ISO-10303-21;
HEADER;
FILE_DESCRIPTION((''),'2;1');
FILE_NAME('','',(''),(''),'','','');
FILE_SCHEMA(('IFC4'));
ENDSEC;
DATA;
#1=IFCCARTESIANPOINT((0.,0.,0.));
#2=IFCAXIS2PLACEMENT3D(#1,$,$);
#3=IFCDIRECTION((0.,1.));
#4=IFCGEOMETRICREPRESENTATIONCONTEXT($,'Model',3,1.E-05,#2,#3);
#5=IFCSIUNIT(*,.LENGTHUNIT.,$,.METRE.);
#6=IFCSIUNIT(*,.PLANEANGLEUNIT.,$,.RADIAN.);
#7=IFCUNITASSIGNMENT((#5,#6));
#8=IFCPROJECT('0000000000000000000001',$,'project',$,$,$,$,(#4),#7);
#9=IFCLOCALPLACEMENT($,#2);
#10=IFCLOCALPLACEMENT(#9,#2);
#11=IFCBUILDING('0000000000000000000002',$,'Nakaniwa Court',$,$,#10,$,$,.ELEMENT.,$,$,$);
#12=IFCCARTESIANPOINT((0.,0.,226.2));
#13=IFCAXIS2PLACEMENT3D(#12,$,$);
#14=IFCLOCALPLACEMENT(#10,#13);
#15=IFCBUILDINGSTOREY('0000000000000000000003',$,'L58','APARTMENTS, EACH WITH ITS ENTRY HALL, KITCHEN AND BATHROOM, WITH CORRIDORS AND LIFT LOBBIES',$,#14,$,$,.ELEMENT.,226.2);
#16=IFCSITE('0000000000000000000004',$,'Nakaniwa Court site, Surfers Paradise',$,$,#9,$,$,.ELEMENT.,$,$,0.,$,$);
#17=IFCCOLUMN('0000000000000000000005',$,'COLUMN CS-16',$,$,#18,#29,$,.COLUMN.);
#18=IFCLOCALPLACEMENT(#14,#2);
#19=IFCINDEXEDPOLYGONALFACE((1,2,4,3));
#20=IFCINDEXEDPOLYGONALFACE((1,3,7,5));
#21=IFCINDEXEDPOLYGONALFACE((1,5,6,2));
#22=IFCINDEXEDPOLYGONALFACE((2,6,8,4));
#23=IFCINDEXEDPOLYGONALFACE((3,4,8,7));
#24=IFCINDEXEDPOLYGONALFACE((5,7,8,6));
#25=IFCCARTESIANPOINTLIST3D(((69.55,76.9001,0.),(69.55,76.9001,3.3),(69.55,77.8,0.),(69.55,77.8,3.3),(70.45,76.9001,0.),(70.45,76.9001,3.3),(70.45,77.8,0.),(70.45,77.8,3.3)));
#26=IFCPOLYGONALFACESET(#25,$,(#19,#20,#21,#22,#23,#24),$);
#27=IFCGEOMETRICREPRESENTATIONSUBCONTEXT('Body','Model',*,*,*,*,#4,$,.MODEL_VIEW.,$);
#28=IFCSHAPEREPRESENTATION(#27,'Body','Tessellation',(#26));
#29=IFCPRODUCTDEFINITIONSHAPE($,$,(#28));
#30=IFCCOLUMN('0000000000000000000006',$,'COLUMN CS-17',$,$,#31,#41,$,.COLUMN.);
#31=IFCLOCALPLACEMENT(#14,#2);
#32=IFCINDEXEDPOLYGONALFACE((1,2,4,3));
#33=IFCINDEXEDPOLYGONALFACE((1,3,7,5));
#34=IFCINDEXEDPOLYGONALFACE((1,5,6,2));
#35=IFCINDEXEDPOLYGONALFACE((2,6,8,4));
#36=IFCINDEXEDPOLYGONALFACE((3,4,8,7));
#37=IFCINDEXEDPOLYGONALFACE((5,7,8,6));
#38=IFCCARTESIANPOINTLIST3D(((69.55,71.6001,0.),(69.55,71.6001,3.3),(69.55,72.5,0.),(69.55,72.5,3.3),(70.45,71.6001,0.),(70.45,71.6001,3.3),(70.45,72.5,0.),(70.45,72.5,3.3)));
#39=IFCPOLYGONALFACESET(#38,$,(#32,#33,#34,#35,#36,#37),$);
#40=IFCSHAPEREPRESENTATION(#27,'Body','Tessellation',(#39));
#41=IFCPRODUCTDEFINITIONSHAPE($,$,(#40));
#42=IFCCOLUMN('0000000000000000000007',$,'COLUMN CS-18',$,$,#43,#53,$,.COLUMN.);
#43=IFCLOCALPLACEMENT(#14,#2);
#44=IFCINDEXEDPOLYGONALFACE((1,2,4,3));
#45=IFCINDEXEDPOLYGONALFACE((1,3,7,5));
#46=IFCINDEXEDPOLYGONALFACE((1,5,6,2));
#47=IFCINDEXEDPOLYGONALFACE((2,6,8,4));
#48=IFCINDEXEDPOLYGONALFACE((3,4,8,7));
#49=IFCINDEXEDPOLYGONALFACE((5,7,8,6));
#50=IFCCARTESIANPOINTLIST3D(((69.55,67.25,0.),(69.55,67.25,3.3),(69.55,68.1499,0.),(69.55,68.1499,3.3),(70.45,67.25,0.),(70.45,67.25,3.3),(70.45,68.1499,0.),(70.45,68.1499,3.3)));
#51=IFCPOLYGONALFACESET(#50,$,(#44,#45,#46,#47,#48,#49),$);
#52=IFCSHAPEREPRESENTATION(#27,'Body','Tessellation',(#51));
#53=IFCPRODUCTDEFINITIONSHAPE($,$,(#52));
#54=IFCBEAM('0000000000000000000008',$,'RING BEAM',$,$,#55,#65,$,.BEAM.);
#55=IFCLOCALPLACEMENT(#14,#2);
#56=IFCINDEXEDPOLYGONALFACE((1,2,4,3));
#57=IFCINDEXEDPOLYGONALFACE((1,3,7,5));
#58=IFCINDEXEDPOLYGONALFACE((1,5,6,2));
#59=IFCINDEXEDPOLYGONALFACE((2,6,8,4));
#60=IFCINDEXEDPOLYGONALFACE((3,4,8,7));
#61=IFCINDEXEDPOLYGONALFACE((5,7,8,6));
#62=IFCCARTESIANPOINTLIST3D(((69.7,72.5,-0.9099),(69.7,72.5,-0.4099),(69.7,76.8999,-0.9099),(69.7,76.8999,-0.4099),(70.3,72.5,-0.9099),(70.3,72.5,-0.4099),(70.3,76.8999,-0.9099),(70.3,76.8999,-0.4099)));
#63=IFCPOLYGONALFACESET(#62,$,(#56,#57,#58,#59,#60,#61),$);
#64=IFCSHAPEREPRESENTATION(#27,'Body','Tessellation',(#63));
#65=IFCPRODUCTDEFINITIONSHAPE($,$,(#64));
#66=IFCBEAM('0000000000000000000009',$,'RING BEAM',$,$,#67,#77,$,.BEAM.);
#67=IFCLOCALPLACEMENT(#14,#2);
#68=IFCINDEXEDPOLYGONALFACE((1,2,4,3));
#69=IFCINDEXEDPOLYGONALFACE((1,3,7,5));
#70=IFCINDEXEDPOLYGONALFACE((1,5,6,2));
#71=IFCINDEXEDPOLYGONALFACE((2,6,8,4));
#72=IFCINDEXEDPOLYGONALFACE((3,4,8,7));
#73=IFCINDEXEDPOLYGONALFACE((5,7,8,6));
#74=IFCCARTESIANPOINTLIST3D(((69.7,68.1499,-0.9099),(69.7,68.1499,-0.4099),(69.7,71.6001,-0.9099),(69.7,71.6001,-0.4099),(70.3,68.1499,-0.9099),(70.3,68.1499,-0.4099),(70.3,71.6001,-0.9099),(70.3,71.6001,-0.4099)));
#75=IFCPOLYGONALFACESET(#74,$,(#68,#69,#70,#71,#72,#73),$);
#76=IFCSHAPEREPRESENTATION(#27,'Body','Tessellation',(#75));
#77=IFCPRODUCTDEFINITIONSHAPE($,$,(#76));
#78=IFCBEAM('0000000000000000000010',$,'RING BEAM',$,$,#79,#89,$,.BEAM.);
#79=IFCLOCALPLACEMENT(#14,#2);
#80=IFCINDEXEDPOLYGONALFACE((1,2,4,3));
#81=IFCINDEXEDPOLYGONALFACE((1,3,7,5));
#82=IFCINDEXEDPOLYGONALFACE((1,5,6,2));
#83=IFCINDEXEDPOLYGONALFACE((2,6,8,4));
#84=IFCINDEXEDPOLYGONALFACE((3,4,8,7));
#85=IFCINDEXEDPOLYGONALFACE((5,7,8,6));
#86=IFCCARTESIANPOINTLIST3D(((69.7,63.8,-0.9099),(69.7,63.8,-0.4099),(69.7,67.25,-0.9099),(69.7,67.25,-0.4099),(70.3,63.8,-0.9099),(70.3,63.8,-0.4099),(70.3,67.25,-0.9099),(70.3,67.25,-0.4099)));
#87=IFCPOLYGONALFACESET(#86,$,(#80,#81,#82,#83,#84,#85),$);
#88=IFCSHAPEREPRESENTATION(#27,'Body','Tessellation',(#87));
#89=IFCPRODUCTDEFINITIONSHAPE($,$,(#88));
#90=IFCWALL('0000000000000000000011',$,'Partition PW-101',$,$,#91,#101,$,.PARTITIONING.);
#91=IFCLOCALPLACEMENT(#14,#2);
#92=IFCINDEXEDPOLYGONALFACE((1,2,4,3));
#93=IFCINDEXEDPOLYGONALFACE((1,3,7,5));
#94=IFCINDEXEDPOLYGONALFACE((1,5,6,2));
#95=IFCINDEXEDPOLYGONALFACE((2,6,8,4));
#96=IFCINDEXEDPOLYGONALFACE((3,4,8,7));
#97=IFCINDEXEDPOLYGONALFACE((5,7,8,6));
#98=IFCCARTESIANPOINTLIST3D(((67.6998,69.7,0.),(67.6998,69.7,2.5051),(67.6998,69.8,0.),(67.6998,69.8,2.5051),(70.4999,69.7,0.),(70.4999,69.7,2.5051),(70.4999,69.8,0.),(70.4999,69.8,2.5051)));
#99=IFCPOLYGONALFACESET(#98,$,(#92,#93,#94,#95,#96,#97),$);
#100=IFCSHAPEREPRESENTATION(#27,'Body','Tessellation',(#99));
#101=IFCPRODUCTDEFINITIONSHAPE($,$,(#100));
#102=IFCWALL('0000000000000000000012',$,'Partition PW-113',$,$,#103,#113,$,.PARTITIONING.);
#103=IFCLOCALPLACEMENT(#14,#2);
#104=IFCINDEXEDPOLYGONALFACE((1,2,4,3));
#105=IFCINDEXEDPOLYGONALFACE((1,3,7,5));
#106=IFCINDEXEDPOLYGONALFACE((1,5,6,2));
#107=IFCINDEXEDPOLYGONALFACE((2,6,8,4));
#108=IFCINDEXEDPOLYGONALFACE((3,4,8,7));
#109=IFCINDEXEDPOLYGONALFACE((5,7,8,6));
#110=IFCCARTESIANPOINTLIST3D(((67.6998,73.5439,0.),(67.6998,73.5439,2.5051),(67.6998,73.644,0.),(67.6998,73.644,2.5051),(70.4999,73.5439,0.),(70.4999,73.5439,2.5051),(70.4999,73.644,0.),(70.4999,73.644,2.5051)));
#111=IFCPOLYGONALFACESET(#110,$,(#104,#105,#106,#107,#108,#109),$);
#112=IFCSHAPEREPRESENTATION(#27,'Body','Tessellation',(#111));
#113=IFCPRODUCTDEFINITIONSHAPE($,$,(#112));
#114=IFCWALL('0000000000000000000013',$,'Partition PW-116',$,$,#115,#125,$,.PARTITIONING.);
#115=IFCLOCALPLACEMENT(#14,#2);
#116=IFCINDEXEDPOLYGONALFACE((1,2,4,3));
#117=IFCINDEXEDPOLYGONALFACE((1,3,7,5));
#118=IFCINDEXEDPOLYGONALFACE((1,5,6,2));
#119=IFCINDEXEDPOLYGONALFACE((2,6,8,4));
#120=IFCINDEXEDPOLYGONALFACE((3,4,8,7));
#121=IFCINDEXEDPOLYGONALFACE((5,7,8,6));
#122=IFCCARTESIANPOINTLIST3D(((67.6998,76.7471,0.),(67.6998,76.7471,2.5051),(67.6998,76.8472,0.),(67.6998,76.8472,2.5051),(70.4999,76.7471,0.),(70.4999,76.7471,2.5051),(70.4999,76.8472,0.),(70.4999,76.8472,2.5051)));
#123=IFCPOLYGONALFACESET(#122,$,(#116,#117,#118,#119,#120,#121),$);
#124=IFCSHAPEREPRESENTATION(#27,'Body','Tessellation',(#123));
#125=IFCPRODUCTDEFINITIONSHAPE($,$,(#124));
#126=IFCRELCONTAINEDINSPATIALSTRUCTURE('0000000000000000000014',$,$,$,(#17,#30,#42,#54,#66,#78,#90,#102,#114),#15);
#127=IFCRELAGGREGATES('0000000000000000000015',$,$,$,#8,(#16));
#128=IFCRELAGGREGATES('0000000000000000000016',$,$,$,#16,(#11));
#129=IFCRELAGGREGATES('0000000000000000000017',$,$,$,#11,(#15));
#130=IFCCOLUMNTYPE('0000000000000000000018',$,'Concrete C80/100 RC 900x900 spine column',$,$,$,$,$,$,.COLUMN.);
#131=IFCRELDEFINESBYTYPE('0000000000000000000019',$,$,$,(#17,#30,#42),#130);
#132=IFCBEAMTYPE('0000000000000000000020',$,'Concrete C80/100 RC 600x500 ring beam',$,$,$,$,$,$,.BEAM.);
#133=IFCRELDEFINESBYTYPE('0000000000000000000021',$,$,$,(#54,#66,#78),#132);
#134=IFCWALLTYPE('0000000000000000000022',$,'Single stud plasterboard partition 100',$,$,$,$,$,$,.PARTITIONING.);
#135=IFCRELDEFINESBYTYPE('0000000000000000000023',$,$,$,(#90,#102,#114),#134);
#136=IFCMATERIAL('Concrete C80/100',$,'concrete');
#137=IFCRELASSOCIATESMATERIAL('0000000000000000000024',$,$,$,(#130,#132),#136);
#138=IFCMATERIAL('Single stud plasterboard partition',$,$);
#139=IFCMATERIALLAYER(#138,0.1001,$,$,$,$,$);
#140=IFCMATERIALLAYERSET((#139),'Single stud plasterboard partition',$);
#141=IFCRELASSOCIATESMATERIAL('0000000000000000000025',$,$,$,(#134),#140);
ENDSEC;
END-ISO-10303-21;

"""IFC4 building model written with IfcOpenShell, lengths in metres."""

from ifc_helpers import new_model, si_unit, direction, frame, frame_2d, origin, origin_2d, place, context, subcontext, project, spatial, rectangle, extrude, material, layer, layer_set, material_profile, profile_set, type_object, element, save


model = new_model("IFC4")

# Units and contexts
model_context = context("Model", 3, precision=1e-05, world=origin(), true_north=direction((0.0, 1.0)))
body_context = subcontext(model_context, "Body", "Model", "MODEL_VIEW")
ifc_project = project(units=[si_unit("LENGTHUNIT", "METRE"), si_unit("PLANEANGLEUNIT", "RADIAN")], contexts=[model_context])

# Site, building, storey
site_placement = place(None, origin())
site = spatial("IfcSite", under=ifc_project, at=site_placement, Name="Nakaniwa Court site, Surfers Paradise", CompositionType="ELEMENT", RefElevation=0.0)
building_placement = place(site_placement, origin())
building = spatial("IfcBuilding", under=site, at=building_placement, Name="Nakaniwa Court", CompositionType="ELEMENT")
storey_placement = place(building_placement, frame((0.0, 0.0, 226.2)))
storey = spatial("IfcBuildingStorey", under=building, at=storey_placement, Name="L58", Description="APARTMENTS, EACH WITH ITS ENTRY HALL, KITCHEN AND BATHROOM, WITH CORRIDORS AND LIFT LOBBIES", CompositionType="ELEMENT", Elevation=226.2)

# Columns
ifc_material_1 = material(Name="Concrete C80/100", Category="concrete")
ifc_material_profile_1 = material_profile(ifc_material_1, rectangle(XDim=0.8999, YDim=0.8999, at=origin_2d()), Name="Concrete C80/100 RC 900x900 spine column")
ifc_profile_set_1 = profile_set([ifc_material_profile_1], Name="Concrete C80/100")
column_type = type_object("IfcColumnType", Name="Concrete C80/100 RC 900x900 spine column", PredefinedType="COLUMN", material=ifc_profile_set_1)
for number, where, z_axis, x_axis, name in (
    (1, (70.0, 77.3501, 0.0), (0.0, 0.0, 1.0), (0.0, -1.0, 0.0), "COLUMN CS-16"),
    (2, (70.0, 72.05, 0.0), (0.0, 0.0, 1.0), (0.0, -1.0, 0.0), "COLUMN CS-17"),
    (3, (70.0, 67.7, 0.0), (0.0, 0.0, 1.0), (0.0, -1.0, 0.0), "COLUMN CS-18"),
):
    element("IfcColumn", number, at=place(storey_placement, frame(where, z_axis=z_axis, x_axis=x_axis)), inside=storey, type_object=column_type, Name=name, PredefinedType="COLUMN", context=body_context, shape_type="SweptSolid", body=[
        extrude(rectangle(XDim=0.8999, YDim=0.8999, at=origin_2d()), origin(), (0.0, 0.0, 1.0), 3.3),
    ])

# Beams
ifc_material_profile_2 = material_profile(ifc_material_1, rectangle(XDim=0.6001, YDim=0.5, at=origin_2d()), Name="Concrete C80/100 RC 600x500 ring beam")
ifc_profile_set_2 = profile_set([ifc_material_profile_2], Name="Concrete C80/100")
beam_type = type_object("IfcBeamType", Name="Concrete C80/100 RC 600x500 ring beam", PredefinedType="BEAM", material=ifc_profile_set_2)
beam_1_placement = place(storey_placement, frame((70.0, 76.8999, -0.6599), z_axis=(0.0, -1.0, 0.0), x_axis=(1.0, 0.0, 0.0)))
element("IfcBeam", 4, at=beam_1_placement, inside=storey, type_object=beam_type, Name="RING BEAM", PredefinedType="BEAM", context=body_context, shape_type="SweptSolid", body=[
    extrude(rectangle(XDim=0.6001, YDim=0.5, at=origin_2d()), origin(), (0.0, 0.0, 1.0), 4.3999),
])
beam_2_placement = place(storey_placement, frame((70.0, 71.6001, -0.6599), z_axis=(0.0, -1.0, 0.0), x_axis=(1.0, 0.0, 0.0)))
element("IfcBeam", 5, at=beam_2_placement, inside=storey, type_object=beam_type, Name="RING BEAM", PredefinedType="BEAM", context=body_context, shape_type="SweptSolid", body=[
    extrude(rectangle(XDim=0.6001, YDim=0.5, at=origin_2d()), origin(), (0.0, 0.0, 1.0), 3.4502),
])
beam_3_placement = place(storey_placement, frame((70.0, 67.25, -0.6599), z_axis=(0.0, -1.0, 0.0), x_axis=(1.0, 0.0, 0.0)))
element("IfcBeam", 6, at=beam_3_placement, inside=storey, type_object=beam_type, Name="RING BEAM", PredefinedType="BEAM", context=body_context, shape_type="SweptSolid", body=[
    extrude(rectangle(XDim=0.6001, YDim=0.5, at=origin_2d()), origin(), (0.0, 0.0, 1.0), 3.45),
])

# Walls
ifc_material_2 = material(Name="Single stud plasterboard partition")
ifc_layer = layer(ifc_material_2, 0.1001)
ifc_layer_set = layer_set([ifc_layer], Name="Single stud plasterboard partition")
wall_type = type_object("IfcWallType", Name="Single stud plasterboard partition 100", PredefinedType="PARTITIONING", material=ifc_layer_set)
for number, where, z_axis, x_axis, name in (
    (7, (67.7, 69.75, 0.0), (0.0, 0.0, 1.0), (1.0, 0.0, 0.0), "Partition PW-101"),
    (8, (67.7, 73.594, 0.0), (0.0, 0.0, 1.0), (1.0, 0.0, 0.0), "Partition PW-113"),
    (9, (67.7, 76.7971, 0.0), (0.0, 0.0, 1.0), (1.0, 0.0, 0.0), "Partition PW-116"),
):
    element("IfcWall", number, at=place(storey_placement, frame(where, z_axis=z_axis, x_axis=x_axis)), inside=storey, type_object=wall_type, Name=name, PredefinedType="PARTITIONING", context=body_context, shape_type="SweptSolid", body=[
        extrude(rectangle(XDim=2.8, YDim=0.1001, at=frame_2d((1.3999, 0.0))), origin(), (0.0, 0.0, 1.0), 2.5051),
    ])

save(model, "model.ifc")
